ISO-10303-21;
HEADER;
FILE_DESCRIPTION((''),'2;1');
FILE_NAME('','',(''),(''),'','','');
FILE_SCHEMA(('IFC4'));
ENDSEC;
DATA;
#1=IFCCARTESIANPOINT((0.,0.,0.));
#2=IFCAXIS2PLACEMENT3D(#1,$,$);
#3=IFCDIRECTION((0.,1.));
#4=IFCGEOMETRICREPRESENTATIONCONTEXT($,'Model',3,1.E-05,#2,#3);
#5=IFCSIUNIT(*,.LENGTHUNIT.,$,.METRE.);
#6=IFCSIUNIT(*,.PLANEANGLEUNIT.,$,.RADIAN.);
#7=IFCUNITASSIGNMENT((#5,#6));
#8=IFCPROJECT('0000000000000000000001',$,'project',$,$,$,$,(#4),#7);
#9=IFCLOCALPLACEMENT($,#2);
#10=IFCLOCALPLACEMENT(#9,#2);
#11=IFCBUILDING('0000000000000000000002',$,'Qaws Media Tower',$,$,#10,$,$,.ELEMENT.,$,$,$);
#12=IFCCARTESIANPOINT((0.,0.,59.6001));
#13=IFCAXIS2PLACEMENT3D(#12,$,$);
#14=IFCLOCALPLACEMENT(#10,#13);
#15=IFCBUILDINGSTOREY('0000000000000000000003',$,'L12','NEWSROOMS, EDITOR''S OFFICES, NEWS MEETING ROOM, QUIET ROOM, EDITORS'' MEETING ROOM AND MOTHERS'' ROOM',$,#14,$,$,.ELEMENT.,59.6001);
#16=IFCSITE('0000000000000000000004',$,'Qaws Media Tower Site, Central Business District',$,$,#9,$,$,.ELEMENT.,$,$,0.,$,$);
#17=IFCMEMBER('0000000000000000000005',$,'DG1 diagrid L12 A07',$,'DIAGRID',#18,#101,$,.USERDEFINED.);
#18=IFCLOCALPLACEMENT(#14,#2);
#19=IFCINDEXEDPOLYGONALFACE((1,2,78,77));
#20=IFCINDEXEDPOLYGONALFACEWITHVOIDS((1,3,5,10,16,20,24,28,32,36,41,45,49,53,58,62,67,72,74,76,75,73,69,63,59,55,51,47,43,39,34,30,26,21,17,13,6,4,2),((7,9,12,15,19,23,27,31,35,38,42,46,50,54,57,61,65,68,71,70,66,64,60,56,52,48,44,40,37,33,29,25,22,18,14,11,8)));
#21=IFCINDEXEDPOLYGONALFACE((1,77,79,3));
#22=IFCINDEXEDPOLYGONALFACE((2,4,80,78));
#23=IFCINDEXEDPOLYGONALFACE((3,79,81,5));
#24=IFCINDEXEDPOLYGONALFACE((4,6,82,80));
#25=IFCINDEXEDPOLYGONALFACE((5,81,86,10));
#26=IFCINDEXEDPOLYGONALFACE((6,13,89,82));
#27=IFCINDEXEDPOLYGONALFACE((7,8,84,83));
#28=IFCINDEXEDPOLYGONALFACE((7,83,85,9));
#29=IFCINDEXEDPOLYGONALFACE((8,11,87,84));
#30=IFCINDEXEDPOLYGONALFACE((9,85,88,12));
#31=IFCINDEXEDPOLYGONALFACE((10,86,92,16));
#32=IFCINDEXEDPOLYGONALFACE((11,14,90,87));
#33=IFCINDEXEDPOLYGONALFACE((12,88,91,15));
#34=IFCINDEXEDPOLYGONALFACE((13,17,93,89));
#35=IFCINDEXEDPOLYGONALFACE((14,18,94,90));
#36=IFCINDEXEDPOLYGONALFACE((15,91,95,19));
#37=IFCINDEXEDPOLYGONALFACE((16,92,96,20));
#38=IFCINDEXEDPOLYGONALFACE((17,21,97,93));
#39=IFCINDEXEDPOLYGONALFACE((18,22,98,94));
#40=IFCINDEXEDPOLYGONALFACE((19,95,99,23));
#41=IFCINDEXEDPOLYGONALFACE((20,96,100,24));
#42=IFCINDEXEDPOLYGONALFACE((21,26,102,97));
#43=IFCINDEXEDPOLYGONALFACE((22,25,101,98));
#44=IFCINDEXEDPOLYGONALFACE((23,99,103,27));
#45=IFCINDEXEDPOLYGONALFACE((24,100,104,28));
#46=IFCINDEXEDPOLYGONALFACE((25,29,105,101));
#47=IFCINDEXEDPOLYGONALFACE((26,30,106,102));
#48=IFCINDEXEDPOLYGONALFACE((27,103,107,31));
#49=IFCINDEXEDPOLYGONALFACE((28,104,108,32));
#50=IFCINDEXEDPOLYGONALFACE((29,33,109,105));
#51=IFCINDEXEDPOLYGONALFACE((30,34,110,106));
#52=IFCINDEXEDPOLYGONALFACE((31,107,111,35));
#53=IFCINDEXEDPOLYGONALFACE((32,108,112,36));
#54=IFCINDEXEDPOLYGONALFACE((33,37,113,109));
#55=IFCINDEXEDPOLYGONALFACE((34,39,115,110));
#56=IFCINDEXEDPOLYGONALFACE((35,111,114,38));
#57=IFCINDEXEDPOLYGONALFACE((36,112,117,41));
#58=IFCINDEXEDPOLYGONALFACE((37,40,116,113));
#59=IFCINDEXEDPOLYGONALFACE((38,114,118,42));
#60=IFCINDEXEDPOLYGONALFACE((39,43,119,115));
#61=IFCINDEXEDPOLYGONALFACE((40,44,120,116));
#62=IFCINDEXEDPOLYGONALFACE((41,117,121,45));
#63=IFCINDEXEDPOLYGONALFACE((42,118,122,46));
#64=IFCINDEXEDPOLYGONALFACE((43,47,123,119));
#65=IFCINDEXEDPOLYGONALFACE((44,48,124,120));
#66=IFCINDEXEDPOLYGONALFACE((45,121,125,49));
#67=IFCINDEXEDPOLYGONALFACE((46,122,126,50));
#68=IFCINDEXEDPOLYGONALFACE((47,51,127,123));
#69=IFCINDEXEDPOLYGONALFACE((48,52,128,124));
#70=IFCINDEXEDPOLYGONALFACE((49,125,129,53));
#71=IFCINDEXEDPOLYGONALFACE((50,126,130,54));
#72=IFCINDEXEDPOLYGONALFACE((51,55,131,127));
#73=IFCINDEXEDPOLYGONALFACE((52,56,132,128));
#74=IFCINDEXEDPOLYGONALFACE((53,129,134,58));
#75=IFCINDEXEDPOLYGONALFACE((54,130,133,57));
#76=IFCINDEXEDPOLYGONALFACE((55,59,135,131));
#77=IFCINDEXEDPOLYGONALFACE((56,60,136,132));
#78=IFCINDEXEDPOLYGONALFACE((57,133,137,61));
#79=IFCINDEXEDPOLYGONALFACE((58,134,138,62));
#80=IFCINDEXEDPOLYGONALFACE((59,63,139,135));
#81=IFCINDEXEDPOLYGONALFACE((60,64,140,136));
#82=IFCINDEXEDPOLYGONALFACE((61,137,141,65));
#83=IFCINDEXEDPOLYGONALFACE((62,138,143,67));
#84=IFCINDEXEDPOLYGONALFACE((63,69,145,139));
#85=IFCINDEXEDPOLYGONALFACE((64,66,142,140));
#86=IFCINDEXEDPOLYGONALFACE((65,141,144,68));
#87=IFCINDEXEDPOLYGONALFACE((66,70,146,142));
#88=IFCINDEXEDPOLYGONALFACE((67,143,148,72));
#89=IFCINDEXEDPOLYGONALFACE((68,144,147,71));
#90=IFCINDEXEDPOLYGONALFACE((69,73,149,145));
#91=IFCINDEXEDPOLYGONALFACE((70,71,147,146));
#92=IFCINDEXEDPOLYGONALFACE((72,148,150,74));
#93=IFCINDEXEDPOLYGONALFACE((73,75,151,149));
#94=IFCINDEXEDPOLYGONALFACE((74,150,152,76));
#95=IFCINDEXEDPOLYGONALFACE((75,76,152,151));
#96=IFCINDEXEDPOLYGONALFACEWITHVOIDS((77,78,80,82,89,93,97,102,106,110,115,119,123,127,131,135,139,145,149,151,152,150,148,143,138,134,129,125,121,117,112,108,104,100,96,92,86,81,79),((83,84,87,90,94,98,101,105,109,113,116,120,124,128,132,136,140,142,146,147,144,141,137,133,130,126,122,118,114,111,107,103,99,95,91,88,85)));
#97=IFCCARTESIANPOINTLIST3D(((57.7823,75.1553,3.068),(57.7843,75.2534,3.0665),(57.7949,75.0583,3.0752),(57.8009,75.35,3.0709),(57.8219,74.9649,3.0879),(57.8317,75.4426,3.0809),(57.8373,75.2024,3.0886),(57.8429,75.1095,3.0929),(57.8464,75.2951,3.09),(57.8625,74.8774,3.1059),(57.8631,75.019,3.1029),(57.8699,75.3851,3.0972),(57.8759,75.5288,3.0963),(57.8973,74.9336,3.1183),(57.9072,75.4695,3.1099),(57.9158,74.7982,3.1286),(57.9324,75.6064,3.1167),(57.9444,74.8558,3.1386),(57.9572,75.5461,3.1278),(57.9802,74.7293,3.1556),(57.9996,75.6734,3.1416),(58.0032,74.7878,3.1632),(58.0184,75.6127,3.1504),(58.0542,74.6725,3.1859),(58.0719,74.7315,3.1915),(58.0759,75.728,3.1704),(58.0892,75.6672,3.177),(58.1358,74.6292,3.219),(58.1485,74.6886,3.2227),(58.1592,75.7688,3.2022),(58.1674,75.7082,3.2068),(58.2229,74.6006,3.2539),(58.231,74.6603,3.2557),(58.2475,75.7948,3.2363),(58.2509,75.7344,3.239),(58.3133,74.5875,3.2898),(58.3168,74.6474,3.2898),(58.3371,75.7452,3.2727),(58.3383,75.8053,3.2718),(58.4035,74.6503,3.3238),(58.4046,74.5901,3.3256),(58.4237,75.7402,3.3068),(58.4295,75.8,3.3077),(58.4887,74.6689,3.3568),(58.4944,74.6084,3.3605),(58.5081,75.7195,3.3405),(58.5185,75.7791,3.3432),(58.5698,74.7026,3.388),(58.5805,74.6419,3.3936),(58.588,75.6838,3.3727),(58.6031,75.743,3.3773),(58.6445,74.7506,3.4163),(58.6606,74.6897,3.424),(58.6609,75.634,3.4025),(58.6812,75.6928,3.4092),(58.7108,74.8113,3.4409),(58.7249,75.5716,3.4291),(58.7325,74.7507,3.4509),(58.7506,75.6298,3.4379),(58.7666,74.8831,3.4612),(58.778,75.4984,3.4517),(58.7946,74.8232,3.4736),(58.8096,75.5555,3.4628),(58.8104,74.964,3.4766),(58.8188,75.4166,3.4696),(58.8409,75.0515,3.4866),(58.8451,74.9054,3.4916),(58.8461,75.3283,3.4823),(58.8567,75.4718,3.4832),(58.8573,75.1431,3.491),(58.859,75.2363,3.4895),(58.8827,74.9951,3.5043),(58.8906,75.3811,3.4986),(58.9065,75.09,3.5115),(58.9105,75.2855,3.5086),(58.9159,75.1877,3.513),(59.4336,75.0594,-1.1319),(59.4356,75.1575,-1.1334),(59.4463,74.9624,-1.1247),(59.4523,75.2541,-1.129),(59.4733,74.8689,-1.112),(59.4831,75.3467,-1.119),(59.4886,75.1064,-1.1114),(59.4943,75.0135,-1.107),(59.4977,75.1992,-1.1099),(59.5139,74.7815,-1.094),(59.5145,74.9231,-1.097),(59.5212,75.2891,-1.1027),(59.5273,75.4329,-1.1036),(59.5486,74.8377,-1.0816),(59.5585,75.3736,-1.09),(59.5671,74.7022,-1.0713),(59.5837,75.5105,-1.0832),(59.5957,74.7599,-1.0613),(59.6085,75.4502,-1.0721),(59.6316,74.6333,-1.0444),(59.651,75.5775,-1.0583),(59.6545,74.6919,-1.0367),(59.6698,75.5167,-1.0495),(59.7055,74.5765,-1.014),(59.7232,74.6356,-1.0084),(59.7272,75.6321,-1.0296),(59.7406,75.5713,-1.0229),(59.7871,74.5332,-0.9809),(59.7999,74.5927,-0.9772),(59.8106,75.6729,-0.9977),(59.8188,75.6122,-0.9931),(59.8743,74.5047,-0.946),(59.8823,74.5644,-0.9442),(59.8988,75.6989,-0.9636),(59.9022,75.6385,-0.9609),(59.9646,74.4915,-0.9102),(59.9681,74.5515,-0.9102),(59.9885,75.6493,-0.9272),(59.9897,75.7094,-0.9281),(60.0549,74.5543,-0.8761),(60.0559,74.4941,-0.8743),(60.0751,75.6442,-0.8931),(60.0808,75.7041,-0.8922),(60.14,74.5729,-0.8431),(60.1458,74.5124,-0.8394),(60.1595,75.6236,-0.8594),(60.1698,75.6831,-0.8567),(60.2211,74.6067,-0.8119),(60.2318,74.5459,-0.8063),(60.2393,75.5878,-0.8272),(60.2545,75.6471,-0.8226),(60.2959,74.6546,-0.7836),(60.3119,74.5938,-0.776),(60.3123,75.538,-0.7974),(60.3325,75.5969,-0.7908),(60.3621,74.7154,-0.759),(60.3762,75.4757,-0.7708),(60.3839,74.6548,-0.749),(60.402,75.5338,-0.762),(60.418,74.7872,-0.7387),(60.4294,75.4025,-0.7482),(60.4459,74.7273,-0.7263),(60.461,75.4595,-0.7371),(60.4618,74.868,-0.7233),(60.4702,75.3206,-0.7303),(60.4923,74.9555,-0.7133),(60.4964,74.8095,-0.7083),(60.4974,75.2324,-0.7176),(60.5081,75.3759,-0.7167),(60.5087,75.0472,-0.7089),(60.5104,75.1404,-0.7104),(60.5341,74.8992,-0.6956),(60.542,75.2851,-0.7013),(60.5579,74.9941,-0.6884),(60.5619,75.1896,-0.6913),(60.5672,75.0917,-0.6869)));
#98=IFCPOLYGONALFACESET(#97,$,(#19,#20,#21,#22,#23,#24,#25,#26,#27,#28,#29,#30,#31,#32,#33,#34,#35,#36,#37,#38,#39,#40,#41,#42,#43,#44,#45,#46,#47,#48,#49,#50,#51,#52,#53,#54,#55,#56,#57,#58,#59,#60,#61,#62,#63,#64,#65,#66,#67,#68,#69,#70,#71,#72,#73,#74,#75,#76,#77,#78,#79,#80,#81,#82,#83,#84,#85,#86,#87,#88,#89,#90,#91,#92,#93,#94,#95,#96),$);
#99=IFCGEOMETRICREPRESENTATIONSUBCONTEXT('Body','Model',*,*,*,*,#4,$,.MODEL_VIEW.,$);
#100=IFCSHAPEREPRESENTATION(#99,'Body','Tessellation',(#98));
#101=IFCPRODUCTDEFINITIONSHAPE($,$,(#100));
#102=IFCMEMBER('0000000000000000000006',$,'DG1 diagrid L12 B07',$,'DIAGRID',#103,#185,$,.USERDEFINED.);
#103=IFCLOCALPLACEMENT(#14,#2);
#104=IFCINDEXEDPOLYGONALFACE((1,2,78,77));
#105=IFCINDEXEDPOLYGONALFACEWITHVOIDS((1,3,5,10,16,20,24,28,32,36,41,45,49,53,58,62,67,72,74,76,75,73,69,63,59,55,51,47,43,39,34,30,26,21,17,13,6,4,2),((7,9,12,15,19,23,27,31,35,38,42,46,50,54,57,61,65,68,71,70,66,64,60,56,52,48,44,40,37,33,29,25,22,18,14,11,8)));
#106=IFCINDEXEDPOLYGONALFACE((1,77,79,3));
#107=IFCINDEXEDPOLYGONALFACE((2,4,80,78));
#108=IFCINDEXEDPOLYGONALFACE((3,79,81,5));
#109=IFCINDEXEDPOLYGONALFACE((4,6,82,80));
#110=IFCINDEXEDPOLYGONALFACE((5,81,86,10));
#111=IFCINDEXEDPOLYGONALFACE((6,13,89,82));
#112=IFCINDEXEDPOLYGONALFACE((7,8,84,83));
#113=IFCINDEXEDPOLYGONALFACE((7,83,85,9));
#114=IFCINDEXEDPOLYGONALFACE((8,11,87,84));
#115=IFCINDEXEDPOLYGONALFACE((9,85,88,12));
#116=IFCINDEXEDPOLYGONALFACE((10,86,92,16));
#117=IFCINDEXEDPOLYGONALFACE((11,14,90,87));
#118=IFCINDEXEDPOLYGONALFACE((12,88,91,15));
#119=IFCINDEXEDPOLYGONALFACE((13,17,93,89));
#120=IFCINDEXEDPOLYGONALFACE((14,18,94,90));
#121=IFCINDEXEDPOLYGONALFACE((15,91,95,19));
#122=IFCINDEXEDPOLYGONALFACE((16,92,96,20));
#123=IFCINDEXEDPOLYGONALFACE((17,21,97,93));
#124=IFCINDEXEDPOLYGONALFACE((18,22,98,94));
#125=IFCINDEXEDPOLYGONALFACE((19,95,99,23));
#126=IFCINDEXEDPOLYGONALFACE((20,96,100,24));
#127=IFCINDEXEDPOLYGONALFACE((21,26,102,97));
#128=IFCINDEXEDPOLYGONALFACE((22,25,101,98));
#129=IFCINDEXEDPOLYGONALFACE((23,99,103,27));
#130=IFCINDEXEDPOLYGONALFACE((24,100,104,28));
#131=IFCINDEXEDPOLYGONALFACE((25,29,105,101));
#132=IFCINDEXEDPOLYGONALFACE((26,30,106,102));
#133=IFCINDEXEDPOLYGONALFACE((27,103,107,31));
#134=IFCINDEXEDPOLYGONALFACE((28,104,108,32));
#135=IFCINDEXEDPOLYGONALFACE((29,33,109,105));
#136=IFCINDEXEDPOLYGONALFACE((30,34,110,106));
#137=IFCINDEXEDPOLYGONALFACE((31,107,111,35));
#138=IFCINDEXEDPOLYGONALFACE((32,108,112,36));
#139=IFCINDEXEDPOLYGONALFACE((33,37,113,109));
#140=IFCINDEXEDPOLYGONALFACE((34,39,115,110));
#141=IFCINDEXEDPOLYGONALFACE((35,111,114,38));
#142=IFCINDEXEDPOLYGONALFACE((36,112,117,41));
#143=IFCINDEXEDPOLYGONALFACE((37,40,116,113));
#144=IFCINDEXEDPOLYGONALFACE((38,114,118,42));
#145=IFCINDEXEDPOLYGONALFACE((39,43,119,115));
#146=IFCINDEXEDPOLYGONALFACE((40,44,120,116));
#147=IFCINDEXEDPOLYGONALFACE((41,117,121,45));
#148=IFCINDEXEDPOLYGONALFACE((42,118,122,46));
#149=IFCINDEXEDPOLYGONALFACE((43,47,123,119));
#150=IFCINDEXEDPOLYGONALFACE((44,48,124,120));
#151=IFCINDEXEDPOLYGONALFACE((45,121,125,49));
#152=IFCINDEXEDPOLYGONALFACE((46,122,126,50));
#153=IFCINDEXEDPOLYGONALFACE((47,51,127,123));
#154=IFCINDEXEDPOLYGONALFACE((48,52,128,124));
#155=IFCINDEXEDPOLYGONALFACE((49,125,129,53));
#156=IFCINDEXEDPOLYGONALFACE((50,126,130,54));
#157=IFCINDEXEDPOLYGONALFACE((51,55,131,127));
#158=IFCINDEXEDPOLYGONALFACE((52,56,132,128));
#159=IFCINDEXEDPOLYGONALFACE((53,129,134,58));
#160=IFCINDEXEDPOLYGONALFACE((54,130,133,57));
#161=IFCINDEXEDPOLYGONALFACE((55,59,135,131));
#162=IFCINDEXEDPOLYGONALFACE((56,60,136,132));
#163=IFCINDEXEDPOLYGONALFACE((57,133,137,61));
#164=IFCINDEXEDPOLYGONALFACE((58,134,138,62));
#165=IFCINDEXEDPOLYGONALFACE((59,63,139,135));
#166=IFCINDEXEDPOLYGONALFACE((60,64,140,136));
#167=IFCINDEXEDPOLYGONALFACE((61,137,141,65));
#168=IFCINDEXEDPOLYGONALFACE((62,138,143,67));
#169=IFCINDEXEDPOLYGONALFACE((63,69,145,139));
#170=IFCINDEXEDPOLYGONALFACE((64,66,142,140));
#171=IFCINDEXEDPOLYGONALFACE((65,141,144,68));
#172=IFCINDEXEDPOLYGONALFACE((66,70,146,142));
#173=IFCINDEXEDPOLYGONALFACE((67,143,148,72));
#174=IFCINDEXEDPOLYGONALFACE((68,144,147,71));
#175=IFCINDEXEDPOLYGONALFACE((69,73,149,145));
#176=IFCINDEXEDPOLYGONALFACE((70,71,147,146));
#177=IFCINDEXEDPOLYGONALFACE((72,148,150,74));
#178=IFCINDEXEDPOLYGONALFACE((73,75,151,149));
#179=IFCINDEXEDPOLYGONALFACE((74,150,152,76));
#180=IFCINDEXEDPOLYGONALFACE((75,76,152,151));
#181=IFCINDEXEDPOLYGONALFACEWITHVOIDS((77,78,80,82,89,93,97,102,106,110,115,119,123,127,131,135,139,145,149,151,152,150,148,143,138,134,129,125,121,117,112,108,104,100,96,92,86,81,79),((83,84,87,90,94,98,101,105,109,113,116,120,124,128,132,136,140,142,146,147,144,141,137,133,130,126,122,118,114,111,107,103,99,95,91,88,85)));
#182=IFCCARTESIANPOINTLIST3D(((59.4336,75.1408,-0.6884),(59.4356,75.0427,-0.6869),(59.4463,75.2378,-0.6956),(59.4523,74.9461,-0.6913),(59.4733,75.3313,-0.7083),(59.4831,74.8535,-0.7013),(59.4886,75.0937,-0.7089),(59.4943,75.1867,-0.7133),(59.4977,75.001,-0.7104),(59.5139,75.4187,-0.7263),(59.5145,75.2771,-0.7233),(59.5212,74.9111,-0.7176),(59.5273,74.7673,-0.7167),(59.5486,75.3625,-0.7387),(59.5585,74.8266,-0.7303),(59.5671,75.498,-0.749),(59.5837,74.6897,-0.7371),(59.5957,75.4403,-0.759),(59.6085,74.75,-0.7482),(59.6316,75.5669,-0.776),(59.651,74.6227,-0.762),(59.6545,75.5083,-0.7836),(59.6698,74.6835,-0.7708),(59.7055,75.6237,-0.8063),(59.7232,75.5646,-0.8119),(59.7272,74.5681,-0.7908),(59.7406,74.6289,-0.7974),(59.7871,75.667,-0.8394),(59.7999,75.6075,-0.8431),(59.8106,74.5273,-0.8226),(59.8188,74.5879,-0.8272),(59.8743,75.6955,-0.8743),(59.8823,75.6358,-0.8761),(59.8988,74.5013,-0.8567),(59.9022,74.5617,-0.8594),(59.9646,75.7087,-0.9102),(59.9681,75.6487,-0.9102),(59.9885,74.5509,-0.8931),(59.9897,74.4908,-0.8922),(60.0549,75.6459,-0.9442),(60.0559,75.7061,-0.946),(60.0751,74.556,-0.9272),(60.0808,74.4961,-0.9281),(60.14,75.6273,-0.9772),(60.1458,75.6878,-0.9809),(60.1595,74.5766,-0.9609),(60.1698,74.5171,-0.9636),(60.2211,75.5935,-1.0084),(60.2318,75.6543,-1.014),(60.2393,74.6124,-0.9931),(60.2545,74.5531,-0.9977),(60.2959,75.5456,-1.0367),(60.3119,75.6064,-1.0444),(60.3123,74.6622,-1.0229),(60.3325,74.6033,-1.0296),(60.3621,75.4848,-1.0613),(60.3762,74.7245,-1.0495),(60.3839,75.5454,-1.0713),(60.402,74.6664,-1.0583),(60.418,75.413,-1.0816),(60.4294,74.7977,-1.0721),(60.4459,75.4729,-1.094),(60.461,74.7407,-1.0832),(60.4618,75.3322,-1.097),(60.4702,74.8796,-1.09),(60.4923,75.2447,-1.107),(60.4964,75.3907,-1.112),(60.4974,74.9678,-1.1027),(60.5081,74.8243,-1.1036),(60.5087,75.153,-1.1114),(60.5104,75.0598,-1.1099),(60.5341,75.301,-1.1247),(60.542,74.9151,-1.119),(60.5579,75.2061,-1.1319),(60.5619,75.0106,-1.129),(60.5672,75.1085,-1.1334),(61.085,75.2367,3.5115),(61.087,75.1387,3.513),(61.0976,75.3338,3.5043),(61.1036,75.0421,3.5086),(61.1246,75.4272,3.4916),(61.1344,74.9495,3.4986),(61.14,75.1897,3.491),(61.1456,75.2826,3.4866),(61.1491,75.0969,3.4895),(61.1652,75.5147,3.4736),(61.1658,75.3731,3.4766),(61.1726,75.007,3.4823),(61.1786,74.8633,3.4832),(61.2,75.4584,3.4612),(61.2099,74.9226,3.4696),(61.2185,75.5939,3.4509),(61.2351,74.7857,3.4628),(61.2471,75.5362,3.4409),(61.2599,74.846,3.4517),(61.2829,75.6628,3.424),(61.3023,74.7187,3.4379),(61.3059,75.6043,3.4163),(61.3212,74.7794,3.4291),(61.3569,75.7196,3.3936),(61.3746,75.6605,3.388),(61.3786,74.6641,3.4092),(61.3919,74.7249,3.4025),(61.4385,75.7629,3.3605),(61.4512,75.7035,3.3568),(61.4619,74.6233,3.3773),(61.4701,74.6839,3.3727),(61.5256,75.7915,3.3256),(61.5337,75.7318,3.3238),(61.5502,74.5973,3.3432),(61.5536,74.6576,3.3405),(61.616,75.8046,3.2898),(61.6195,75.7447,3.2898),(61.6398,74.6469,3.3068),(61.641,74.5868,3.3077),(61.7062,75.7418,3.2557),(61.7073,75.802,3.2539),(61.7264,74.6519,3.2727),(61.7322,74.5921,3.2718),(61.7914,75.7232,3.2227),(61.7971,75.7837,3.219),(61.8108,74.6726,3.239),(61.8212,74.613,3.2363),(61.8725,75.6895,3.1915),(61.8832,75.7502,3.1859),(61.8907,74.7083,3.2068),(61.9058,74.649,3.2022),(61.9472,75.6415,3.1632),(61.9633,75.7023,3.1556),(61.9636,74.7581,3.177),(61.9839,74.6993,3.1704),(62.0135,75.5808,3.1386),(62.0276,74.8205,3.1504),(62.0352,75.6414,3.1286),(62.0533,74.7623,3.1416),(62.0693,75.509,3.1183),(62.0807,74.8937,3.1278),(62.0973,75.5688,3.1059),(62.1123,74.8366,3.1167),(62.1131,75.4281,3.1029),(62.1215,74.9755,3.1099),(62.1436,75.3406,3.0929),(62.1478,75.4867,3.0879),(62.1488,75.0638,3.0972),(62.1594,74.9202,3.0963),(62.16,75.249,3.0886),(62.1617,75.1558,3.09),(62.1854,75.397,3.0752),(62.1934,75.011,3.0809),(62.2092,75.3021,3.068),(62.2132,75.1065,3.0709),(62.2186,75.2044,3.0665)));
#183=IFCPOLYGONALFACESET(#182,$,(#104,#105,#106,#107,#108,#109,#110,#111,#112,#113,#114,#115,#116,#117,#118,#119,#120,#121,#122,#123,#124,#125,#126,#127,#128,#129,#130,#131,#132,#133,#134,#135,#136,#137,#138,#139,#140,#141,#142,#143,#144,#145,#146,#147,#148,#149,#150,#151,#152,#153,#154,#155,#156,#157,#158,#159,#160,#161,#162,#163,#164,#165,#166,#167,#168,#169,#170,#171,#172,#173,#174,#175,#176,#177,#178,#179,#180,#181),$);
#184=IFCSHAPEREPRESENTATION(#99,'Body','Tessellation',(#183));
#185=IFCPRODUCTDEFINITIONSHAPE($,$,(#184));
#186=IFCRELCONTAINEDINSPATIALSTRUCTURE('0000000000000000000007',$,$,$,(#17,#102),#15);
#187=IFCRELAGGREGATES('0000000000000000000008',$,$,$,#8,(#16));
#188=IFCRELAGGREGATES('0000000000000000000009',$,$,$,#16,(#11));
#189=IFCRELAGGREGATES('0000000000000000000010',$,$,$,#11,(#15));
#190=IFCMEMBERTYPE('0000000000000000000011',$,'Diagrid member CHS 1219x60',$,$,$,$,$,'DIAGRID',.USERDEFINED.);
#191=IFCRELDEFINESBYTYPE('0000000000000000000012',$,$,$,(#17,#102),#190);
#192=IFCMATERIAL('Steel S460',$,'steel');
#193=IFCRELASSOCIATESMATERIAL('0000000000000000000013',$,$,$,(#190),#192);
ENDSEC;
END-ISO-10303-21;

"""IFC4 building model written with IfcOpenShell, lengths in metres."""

from ifc_helpers import new_model, si_unit, direction, frame, origin, origin_2d, place, context, subcontext, project, spatial, hollow_circle, extrude, material, material_profile, profile_set, type_object, element, save


model = new_model("IFC4")

# Units and contexts
model_context = context("Model", 3, precision=1e-05, world=origin(), true_north=direction((0.0, 1.0)))
body_context = subcontext(model_context, "Body", "Model", "MODEL_VIEW")
ifc_project = project(units=[si_unit("LENGTHUNIT", "METRE"), si_unit("PLANEANGLEUNIT", "RADIAN")], contexts=[model_context])

# Site, building, storey
site_placement = place(None, origin())
site = spatial("IfcSite", under=ifc_project, at=site_placement, Name="Qaws Media Tower Site, Central Business District", CompositionType="ELEMENT", RefElevation=0.0)
building_placement = place(site_placement, origin())
building = spatial("IfcBuilding", under=site, at=building_placement, Name="Qaws Media Tower", CompositionType="ELEMENT")
storey_placement = place(building_placement, frame((0.0, 0.0, 59.6001)))
storey = spatial("IfcBuildingStorey", under=building, at=storey_placement, Name="L12", Description="NEWSROOMS, EDITOR'S OFFICES, NEWS MEETING ROOM, QUIET ROOM, EDITORS' MEETING ROOM AND MOTHERS' ROOM", CompositionType="ELEMENT", Elevation=59.6001)

# Members
ifc_material_1 = material(Name="Steel S460", Category="steel")
ifc_material_profile_1 = material_profile(ifc_material_1, hollow_circle(Radius=0.6096, WallThickness=0.0601, at=origin_2d()), Name="CHS 1219x60")
ifc_profile_set_1 = profile_set([ifc_material_profile_1], Name="Steel S460")
member_type_1 = type_object("IfcMemberType", Name="Diagrid member CHS 1219x60", ElementType="DIAGRID", PredefinedType="USERDEFINED", material=ifc_profile_set_1)
for number, where, z_axis, x_axis, name in (
    (1, (60.0, 75.1001, -0.9102), (-0.365836, 0.021256, 0.930437), (-0.058004, -0.998316, 0.0), "DG1 diagrid L12 A07"),
    (2, (60.0, 75.1001, -0.9102), (0.365836, 0.021256, 0.930437), (-0.058004, 0.998316, 0.0), "DG1 diagrid L12 B07"),
):
    element("IfcMember", number, at=place(storey_placement, frame(where, z_axis=z_axis, x_axis=x_axis)), inside=storey, type_object=member_type_1, Name=name, ObjectType="DIAGRID", PredefinedType="USERDEFINED", context=body_context, shape_type="SweptSolid", body=[
        extrude(hollow_circle(Radius=0.6096, WallThickness=0.0601, at=origin_2d()), origin(), (0.0, 0.0, 1.0), 4.5139),
    ])

save(model, "model.ifc")
